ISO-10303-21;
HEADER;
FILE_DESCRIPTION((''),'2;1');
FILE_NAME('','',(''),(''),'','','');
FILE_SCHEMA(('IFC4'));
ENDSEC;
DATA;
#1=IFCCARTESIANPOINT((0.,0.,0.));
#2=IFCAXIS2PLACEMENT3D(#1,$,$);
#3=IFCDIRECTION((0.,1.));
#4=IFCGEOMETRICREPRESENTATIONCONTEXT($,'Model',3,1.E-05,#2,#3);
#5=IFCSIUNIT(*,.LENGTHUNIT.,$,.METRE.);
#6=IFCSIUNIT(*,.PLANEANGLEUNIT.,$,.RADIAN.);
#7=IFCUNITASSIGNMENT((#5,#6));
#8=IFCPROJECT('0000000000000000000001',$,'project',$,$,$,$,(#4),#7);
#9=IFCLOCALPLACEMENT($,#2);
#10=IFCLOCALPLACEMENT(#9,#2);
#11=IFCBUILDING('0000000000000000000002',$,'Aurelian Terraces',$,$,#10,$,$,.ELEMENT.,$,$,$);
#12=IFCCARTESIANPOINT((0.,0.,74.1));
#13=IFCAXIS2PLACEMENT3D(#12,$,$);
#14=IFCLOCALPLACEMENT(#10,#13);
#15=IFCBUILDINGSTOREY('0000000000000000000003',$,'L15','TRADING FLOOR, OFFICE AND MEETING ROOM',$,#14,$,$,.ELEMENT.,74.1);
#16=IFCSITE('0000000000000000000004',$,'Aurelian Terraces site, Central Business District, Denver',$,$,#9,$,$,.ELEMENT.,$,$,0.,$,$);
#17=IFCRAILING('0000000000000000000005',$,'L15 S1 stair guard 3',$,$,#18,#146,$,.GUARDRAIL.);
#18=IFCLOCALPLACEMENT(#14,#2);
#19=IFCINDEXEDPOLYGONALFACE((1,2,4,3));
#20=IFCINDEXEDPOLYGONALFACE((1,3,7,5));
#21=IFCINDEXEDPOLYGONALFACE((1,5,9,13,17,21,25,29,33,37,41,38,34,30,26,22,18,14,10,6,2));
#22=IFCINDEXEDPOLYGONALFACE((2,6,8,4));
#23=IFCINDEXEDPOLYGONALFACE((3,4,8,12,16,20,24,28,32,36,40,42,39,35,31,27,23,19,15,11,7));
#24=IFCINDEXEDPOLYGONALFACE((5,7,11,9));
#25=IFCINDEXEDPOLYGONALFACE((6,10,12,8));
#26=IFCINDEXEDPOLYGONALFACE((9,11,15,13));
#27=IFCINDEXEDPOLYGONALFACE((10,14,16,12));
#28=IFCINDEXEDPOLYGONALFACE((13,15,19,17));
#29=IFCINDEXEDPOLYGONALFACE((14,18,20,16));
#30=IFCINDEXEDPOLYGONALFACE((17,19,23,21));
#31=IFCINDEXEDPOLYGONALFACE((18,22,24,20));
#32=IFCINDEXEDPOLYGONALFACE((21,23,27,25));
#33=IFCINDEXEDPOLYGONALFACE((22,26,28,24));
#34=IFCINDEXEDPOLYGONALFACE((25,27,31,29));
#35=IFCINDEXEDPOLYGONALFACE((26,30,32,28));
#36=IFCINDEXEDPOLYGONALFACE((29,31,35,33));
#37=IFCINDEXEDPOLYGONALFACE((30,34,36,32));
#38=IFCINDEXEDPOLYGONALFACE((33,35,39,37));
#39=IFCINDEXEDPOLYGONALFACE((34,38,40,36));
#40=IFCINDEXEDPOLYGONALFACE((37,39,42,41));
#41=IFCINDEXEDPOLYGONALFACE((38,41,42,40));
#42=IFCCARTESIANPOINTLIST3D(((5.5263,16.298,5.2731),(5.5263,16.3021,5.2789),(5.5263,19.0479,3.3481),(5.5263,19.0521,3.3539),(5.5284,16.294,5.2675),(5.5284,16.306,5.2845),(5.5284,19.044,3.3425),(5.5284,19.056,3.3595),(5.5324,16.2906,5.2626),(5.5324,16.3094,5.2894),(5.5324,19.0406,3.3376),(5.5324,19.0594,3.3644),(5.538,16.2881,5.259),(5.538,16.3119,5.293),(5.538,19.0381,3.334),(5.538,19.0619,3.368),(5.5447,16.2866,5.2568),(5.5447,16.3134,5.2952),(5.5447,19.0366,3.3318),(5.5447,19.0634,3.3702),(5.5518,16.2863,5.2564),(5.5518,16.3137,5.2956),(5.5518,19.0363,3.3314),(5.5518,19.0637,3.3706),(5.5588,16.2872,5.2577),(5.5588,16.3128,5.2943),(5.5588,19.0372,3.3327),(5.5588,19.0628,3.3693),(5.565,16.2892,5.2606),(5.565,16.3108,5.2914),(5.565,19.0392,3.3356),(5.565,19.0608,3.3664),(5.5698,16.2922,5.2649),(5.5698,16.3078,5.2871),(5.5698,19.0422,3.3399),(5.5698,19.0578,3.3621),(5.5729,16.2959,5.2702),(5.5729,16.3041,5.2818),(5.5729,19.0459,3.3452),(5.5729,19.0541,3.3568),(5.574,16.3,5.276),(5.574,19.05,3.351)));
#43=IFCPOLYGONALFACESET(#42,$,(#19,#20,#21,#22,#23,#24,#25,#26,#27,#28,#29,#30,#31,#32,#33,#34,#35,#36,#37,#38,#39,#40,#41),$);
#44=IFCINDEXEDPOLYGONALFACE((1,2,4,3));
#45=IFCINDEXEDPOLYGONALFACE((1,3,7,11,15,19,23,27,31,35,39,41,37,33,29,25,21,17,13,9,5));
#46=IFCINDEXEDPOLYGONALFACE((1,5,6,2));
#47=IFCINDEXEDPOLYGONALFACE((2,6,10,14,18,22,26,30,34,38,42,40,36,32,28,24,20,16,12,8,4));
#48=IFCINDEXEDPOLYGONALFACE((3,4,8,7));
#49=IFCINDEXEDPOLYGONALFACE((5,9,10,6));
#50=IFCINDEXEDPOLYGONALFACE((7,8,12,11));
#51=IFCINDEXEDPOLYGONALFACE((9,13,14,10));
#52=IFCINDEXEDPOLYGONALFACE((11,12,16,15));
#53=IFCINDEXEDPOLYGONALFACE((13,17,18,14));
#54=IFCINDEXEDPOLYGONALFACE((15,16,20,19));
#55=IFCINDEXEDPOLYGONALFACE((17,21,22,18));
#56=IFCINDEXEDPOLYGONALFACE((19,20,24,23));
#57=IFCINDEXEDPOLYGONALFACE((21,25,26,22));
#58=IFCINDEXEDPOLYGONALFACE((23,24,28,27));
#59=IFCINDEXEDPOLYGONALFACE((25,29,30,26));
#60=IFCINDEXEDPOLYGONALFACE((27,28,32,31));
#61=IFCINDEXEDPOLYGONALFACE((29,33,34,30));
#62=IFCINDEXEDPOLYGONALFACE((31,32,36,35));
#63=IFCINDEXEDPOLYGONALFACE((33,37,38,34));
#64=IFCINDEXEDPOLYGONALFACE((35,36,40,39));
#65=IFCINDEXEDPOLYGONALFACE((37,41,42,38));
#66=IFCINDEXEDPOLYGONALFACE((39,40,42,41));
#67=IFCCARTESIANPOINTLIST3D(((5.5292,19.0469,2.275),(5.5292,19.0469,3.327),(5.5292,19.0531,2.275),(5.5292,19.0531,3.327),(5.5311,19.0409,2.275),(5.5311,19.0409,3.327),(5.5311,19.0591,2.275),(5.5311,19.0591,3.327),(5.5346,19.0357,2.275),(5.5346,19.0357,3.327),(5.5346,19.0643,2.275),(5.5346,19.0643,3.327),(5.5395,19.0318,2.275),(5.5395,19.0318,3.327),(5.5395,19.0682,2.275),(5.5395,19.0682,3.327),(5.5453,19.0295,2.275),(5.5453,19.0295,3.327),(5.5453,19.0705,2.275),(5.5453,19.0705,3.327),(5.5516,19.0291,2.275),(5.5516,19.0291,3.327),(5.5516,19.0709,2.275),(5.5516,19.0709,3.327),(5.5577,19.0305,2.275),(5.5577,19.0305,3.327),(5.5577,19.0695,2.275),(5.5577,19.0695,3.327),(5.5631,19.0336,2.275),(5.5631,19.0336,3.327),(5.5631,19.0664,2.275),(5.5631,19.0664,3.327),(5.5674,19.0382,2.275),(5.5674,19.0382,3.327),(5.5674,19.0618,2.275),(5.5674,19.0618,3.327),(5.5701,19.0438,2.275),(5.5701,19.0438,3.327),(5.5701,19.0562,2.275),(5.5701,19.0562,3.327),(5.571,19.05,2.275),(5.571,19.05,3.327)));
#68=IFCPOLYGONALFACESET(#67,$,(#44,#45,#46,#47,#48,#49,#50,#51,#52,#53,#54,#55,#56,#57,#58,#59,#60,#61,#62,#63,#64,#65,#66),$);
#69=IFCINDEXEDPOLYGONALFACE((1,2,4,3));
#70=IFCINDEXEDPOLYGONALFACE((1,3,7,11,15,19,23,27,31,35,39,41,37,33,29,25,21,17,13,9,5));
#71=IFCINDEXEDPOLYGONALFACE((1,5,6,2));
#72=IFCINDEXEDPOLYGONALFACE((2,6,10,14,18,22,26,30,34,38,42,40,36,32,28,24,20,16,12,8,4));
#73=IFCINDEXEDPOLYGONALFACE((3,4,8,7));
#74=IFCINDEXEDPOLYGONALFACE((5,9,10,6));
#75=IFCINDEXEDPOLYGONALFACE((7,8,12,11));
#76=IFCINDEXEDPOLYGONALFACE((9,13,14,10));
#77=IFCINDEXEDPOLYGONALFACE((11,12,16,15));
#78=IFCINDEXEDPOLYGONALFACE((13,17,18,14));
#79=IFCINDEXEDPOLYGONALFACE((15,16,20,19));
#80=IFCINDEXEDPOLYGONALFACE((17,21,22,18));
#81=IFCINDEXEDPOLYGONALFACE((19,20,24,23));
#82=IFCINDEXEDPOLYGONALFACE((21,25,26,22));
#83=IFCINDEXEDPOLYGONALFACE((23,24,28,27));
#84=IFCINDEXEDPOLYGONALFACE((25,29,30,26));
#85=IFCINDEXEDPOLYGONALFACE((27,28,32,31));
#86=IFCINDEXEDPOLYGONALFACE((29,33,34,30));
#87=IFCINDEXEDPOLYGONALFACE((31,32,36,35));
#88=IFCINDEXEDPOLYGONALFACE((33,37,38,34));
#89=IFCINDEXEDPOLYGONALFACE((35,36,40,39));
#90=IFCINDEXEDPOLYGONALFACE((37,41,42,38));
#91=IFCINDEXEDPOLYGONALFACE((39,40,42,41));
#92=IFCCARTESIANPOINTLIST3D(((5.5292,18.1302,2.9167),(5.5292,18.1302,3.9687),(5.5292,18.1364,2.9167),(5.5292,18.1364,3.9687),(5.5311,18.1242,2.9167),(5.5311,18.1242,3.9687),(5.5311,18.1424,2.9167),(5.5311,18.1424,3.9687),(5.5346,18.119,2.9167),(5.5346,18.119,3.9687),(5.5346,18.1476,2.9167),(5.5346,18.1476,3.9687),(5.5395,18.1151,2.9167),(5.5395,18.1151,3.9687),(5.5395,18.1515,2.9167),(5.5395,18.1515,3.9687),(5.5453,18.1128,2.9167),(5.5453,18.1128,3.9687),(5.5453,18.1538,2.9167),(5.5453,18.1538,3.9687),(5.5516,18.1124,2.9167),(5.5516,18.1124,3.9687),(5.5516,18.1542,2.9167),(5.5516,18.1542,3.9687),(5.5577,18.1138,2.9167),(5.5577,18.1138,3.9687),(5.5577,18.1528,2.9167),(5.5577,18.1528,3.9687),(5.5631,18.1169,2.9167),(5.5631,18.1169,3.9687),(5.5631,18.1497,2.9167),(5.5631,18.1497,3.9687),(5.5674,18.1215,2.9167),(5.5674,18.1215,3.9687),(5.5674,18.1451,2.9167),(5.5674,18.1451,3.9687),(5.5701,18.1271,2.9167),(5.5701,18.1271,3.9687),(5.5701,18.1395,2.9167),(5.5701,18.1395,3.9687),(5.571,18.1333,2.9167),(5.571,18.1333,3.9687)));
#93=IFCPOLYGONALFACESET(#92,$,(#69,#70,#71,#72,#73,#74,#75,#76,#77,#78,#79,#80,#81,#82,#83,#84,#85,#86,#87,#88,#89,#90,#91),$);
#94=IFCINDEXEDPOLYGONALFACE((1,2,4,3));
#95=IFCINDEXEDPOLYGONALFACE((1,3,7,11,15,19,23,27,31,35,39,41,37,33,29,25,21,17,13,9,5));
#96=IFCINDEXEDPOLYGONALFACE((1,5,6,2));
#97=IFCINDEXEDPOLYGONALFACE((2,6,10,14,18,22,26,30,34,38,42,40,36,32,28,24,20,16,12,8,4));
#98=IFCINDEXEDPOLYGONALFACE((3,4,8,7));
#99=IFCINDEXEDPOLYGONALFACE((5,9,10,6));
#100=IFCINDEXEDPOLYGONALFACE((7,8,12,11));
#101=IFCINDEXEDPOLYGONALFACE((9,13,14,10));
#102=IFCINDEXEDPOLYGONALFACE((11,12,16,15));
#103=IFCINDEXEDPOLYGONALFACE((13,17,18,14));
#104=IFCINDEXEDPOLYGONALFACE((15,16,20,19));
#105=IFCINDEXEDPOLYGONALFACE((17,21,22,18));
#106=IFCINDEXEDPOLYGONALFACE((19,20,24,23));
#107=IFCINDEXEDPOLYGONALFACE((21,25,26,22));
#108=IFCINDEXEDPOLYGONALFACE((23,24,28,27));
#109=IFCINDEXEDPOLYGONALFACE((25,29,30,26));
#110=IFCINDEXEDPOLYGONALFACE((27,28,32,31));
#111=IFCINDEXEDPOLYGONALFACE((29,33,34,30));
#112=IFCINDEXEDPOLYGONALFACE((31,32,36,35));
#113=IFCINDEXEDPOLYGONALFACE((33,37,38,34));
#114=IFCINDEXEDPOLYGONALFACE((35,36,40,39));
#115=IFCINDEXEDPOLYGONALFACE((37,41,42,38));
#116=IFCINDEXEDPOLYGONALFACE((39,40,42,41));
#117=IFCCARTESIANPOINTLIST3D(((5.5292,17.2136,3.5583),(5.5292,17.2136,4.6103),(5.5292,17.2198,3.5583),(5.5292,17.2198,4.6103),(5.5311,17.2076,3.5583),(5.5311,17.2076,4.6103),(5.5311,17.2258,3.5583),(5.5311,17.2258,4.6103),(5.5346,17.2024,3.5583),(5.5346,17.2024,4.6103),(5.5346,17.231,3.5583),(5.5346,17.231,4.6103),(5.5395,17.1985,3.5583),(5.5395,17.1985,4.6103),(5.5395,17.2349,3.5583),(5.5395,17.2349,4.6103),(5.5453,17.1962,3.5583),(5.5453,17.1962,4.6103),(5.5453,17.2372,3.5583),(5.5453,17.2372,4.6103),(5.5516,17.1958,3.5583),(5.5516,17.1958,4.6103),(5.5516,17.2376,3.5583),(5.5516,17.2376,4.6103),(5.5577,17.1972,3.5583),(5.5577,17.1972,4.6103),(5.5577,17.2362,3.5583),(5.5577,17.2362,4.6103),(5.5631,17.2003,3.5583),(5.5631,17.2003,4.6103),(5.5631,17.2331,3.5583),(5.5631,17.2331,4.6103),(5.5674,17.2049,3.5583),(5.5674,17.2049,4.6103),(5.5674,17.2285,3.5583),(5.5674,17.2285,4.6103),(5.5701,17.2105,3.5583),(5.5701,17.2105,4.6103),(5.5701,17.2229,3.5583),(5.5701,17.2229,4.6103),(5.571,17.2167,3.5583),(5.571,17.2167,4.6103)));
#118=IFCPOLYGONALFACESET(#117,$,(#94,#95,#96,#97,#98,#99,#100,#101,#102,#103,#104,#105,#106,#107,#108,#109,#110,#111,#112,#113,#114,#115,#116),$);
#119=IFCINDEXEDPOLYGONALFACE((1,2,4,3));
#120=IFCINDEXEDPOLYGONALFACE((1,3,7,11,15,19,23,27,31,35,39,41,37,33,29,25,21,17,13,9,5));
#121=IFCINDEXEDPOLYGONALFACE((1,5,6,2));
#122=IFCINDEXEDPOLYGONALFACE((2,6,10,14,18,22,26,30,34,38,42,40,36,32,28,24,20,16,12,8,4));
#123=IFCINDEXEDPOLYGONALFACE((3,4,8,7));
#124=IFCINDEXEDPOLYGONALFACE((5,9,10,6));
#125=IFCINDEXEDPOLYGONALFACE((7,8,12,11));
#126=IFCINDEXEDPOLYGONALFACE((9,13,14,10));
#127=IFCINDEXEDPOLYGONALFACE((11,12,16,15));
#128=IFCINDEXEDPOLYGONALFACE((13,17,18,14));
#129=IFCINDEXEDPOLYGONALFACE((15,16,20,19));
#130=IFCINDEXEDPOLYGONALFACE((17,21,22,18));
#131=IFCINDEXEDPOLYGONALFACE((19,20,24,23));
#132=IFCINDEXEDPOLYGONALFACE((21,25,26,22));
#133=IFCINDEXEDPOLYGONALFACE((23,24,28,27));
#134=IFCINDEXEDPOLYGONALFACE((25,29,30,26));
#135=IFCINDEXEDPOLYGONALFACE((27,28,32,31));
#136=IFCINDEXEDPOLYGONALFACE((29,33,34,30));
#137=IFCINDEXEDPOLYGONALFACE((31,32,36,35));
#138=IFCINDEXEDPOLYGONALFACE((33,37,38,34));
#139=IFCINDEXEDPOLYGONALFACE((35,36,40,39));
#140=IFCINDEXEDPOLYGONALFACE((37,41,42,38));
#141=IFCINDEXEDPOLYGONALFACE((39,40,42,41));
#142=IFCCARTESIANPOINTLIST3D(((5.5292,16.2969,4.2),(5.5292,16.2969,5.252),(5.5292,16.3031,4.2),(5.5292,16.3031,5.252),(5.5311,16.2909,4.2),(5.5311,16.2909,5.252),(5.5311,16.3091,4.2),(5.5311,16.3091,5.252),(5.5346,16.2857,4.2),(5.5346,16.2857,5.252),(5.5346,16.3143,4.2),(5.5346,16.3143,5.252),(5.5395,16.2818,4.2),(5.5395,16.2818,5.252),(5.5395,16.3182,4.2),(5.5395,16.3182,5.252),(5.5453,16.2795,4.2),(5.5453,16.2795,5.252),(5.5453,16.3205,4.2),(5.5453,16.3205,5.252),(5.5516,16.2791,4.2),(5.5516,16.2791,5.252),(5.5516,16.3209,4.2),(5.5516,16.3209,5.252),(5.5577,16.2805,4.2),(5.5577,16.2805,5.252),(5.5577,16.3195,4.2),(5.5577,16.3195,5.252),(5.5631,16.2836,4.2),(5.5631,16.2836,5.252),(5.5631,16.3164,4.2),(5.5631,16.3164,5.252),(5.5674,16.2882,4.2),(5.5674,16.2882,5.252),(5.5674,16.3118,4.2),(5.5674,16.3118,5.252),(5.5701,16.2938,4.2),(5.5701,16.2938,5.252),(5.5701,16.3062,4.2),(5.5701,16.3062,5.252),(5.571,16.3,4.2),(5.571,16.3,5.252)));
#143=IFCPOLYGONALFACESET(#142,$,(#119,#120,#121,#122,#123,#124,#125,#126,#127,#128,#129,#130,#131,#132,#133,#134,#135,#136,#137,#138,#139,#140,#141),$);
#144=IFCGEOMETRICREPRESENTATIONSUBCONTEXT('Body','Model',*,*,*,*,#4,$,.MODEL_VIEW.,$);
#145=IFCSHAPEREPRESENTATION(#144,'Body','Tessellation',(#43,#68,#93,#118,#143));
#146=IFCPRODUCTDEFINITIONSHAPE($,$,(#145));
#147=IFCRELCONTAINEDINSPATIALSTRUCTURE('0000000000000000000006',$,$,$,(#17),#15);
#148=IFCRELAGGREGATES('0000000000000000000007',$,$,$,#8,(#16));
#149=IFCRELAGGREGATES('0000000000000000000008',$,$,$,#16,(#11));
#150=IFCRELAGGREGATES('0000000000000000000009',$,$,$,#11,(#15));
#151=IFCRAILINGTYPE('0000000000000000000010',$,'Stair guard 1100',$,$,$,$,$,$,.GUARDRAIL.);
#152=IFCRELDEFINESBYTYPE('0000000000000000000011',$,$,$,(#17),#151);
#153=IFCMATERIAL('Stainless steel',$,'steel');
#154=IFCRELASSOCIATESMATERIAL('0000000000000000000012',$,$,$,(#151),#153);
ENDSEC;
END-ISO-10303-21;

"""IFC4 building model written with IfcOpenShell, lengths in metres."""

from ifc_helpers import new_model, si_unit, direction, frame, origin, origin_2d, place, context, subcontext, project, spatial, circle, extrude, source, transform, mapped, material, type_object, element, save


model = new_model("IFC4")

# Units and contexts
model_context = context("Model", 3, precision=1e-05, world=origin(), true_north=direction((0.0, 1.0)))
body_context = subcontext(model_context, "Body", "Model", "MODEL_VIEW")
ifc_project = project(units=[si_unit("LENGTHUNIT", "METRE"), si_unit("PLANEANGLEUNIT", "RADIAN")], contexts=[model_context])

# Site, building, storey
site_placement = place(None, origin())
site = spatial("IfcSite", under=ifc_project, at=site_placement, Name="Aurelian Terraces site, Central Business District, Denver", CompositionType="ELEMENT", RefElevation=0.0)
building_placement = place(site_placement, origin())
building = spatial("IfcBuilding", under=site, at=building_placement, Name="Aurelian Terraces", CompositionType="ELEMENT")
storey_placement = place(building_placement, frame((0.0, 0.0, 74.1)))
storey = spatial("IfcBuildingStorey", under=building, at=storey_placement, Name="L15", Description="TRADING FLOOR, OFFICE AND MEETING ROOM", CompositionType="ELEMENT", Elevation=74.1)

# Railing
ifc_material_1 = material(Name="Stainless steel", Category="steel")
railing_type_1 = type_object("IfcRailingType", Name="Stair guard 1100", PredefinedType="GUARDRAIL", material=ifc_material_1)
shared_shape_1 = source(origin(), body_context, "Body", "SweptSolid", [
    extrude(circle(Radius=0.024, at=origin_2d()), frame((0.0, 0.0, 1.076), z_axis=(0.0, -0.819232, 0.573462), x_axis=(1.0, 0.0, 0.0)), (0.0, 0.0, 1.0), 3.3568),
    extrude(circle(Radius=0.021, at=origin_2d()), origin(), (0.0, 0.0, 1.0), 1.052),
    extrude(circle(Radius=0.021, at=origin_2d()), frame((0.0, -0.9167, 0.6417)), (0.0, 0.0, 1.0), 1.052),
    extrude(circle(Radius=0.021, at=origin_2d()), frame((0.0, -1.8333, 1.2833)), (0.0, 0.0, 1.0), 1.052),
    extrude(circle(Radius=0.021, at=origin_2d()), frame((0.0, -2.75, 1.925)), (0.0, 0.0, 1.0), 1.052),
])
railing_1_placement = place(storey_placement, frame((5.55, 19.05, 2.275)))
element("IfcRailing", 1, at=railing_1_placement, inside=storey, type_object=railing_type_1, Name="L15 S1 stair guard 3", PredefinedType="GUARDRAIL", context=body_context, shape_type="MappedRepresentation", body=[
    mapped(shared_shape_1, transform((0.0, 0.0, 0.0), scale=1.0)),
])

save(model, "model.ifc")
